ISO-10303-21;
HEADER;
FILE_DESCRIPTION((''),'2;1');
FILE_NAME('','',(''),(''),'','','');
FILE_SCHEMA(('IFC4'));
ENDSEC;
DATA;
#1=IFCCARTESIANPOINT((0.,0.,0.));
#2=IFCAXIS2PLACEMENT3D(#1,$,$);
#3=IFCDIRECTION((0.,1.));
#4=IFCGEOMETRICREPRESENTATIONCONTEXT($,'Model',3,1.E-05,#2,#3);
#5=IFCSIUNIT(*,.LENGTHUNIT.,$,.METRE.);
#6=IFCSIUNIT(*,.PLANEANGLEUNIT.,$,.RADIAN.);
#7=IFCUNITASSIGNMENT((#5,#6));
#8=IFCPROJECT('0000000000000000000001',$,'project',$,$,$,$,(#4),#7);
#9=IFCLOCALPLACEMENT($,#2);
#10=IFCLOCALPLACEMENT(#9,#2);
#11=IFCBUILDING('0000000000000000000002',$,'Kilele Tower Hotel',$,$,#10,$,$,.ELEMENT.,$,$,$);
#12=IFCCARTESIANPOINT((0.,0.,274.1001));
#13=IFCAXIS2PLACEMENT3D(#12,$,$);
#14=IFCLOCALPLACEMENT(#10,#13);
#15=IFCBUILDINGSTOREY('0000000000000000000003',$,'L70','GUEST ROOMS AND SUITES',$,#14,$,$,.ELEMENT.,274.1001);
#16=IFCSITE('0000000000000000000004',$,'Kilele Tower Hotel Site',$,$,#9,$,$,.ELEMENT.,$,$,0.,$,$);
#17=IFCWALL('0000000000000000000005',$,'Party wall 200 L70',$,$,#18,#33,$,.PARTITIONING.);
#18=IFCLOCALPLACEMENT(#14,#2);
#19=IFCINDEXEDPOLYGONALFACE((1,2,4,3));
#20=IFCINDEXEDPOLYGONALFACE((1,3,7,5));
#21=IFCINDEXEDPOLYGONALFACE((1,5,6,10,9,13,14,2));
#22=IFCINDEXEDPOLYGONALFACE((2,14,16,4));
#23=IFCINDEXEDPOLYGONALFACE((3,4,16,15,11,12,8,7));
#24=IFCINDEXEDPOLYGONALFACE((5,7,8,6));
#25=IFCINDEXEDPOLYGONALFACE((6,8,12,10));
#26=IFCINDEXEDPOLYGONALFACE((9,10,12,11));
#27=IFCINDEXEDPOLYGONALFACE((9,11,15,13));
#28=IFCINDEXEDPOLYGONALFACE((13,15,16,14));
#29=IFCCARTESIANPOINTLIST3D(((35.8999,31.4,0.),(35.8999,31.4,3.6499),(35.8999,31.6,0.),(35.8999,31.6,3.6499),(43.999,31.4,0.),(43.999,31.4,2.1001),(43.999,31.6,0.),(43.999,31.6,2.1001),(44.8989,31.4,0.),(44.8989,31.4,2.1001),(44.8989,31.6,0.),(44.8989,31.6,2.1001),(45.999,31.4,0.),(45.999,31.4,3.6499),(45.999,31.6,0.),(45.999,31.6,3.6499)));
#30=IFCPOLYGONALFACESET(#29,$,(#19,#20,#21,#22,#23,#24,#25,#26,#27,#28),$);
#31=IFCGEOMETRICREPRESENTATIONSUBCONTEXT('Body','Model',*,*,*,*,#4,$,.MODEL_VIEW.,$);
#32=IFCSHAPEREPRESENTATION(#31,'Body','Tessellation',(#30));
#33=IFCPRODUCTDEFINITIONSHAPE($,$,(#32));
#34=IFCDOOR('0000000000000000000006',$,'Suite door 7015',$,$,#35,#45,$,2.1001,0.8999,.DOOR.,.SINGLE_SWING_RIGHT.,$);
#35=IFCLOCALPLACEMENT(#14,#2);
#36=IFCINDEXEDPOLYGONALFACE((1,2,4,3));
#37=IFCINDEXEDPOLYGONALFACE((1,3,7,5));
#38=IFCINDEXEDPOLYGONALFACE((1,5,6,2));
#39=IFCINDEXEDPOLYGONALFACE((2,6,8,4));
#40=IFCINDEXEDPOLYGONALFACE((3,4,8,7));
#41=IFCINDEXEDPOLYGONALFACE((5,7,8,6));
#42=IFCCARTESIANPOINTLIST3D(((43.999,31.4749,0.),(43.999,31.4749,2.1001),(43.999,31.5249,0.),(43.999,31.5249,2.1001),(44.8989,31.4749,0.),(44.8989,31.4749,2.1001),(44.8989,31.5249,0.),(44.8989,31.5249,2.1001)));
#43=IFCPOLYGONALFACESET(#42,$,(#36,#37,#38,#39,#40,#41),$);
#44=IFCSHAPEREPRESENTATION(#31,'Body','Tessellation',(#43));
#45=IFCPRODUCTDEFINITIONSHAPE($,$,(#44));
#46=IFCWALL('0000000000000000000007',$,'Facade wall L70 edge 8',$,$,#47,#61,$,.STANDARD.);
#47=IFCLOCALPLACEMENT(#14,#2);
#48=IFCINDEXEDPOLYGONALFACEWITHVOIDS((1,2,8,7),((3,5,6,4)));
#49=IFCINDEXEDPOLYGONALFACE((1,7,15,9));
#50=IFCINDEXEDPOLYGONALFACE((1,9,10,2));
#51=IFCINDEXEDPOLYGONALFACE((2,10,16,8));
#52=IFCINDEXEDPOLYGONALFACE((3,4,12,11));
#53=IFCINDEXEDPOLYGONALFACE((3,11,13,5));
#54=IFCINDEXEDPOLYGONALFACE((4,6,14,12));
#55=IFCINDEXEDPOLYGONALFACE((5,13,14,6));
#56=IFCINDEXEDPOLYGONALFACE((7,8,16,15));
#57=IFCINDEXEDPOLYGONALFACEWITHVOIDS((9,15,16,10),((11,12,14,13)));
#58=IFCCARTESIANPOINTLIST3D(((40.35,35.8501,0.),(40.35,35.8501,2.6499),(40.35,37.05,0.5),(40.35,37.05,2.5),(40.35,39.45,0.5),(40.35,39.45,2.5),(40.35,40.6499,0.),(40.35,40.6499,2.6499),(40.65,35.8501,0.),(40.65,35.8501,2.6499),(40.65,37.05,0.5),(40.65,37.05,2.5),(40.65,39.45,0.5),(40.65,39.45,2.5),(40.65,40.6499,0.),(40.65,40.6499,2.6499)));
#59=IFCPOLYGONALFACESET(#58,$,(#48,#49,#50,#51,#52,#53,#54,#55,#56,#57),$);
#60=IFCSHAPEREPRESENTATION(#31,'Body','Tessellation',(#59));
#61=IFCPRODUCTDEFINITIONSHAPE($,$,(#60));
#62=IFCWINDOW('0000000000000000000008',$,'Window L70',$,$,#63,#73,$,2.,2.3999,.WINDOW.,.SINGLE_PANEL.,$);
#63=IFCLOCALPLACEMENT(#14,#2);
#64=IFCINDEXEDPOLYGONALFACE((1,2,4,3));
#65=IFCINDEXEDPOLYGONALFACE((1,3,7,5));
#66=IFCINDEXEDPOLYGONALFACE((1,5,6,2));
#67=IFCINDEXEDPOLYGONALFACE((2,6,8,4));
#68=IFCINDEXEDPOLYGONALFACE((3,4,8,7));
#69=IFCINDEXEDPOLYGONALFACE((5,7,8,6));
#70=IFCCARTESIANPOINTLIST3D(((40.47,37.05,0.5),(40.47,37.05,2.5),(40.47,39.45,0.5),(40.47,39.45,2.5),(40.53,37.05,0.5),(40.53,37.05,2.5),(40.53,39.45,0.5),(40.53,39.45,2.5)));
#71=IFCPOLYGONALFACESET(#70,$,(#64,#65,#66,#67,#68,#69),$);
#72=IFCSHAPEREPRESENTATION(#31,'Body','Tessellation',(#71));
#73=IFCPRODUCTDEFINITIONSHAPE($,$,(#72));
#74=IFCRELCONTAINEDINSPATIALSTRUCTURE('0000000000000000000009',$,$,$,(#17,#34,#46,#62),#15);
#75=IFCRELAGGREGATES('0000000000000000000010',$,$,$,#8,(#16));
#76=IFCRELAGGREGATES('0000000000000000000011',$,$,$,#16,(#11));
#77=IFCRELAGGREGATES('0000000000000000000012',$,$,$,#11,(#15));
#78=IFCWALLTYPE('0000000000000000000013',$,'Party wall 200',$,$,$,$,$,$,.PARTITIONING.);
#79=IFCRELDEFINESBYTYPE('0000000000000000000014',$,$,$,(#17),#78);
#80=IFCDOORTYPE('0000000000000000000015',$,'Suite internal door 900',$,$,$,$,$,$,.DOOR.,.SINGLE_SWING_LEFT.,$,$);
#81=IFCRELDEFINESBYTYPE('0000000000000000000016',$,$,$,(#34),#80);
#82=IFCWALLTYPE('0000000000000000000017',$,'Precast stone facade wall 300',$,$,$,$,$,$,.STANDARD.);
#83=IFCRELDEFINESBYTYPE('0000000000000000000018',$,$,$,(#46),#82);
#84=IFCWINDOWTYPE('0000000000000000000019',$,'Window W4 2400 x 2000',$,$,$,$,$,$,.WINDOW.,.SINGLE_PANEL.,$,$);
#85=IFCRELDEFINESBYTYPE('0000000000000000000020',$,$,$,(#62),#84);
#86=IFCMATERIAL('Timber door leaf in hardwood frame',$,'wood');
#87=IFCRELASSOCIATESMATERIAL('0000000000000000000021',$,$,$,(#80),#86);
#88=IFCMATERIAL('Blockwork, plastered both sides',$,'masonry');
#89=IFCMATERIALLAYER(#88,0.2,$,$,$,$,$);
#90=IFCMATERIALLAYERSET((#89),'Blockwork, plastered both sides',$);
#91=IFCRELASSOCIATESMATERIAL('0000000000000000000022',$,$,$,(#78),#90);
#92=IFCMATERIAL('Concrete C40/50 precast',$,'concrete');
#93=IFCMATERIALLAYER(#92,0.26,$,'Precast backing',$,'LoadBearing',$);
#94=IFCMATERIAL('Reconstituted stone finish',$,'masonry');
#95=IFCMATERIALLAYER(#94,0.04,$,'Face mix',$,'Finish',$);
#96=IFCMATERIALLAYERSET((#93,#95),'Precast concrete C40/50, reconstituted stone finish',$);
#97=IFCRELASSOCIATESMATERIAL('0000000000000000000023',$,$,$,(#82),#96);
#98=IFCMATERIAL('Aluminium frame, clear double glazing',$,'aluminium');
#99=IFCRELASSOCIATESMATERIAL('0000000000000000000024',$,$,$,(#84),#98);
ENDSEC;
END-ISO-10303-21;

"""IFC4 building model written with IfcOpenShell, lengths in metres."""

from ifc_helpers import new_model, si_unit, direction, frame, frame_2d, origin, place, context, subcontext, project, spatial, rectangle, extrude, material, layer, layer_set, type_object, element, fill, save


model = new_model("IFC4")

# Units and contexts
model_context = context("Model", 3, precision=1e-05, world=origin(), true_north=direction((0.0, 1.0)))
body_context = subcontext(model_context, "Body", "Model", "MODEL_VIEW")
ifc_project = project(units=[si_unit("LENGTHUNIT", "METRE"), si_unit("PLANEANGLEUNIT", "RADIAN")], contexts=[model_context])

# Site, building, storey
site_placement = place(None, origin())
site = spatial("IfcSite", under=ifc_project, at=site_placement, Name="Kilele Tower Hotel Site", CompositionType="ELEMENT", RefElevation=0.0)
building_placement = place(site_placement, origin())
building = spatial("IfcBuilding", under=site, at=building_placement, Name="Kilele Tower Hotel", CompositionType="ELEMENT")
storey_placement = place(building_placement, frame((0.0, 0.0, 274.1001)))
storey = spatial("IfcBuildingStorey", under=building, at=storey_placement, Name="L70", Description="GUEST ROOMS AND SUITES", CompositionType="ELEMENT", Elevation=274.1001)

# Shared definitions
ifc_material_1 = material(Name="Timber door leaf in hardwood frame", Category="wood")
door_type_1 = type_object("IfcDoorType", Name="Suite internal door 900", OperationType="SINGLE_SWING_LEFT", PredefinedType="DOOR", material=ifc_material_1)

# Shared definitions
ifc_material_2 = material(Name="Blockwork, plastered both sides", Category="masonry")
ifc_layer_1 = layer(ifc_material_2, 0.2)
ifc_layer_set_1 = layer_set([ifc_layer_1], Name="Blockwork, plastered both sides")
wall_type_1 = type_object("IfcWallType", Name="Party wall 200", PredefinedType="PARTITIONING", material=ifc_layer_set_1)

# Wall, opening, door
wall_1_placement = place(storey_placement, frame((35.8999, 31.5, 0.0), z_axis=(0.0, 0.0, 1.0), x_axis=(1.0, 0.0, 0.0)))
wall_1 = element("IfcWall", 1, at=wall_1_placement, inside=storey, type_object=wall_type_1, Name="Party wall 200 L70", PredefinedType="PARTITIONING", context=body_context, shape_type="SweptSolid", body=[
    extrude(rectangle(XDim=10.0991, YDim=0.2, at=frame_2d((5.0496, 0.0))), origin(), (0.0, 0.0, 1.0), 3.6499),
])
opening_1_placement = place(wall_1_placement, frame((8.0991, 0.0, 0.0)))
opening_1 = element("IfcOpeningElement", 2, at=opening_1_placement, cuts=wall_1, PredefinedType="OPENING", context=body_context, shape_type="SweptSolid", body=[
    extrude(rectangle(XDim=0.8999, YDim=2.1001, at=frame_2d((0.45, 1.05))), frame((0.0, 0.1099, 0.0), z_axis=(0.0, -1.0, 0.0), x_axis=(1.0, 0.0, 0.0)), (0.0, 0.0, 1.0), 0.22),
])
door_1_placement = place(opening_1_placement, origin())
door_1 = element("IfcDoor", 3, at=door_1_placement, inside=storey, type_object=door_type_1, Name="Suite door 7015", OperationType="SINGLE_SWING_RIGHT", OverallHeight=2.1001, OverallWidth=0.8999, PredefinedType="DOOR", context=body_context, shape_type="SweptSolid", body=[
    extrude(rectangle(XDim=0.8999, YDim=2.1001, at=frame_2d((0.45, 1.05))), frame((0.0, 0.0249, 0.0), z_axis=(0.0, -1.0, 0.0), x_axis=(1.0, 0.0, 0.0)), (0.0, 0.0, 1.0), 0.05),
])
fill(opening_1, door_1)

# Wall, opening, window
ifc_material_3 = material(Name="Concrete C40/50 precast", Category="concrete")
ifc_layer_2 = layer(ifc_material_3, 0.26, Name="Precast backing", Category="LoadBearing")
ifc_material_4 = material(Name="Reconstituted stone finish", Category="masonry")
ifc_layer_3 = layer(ifc_material_4, 0.04, Name="Face mix", Category="Finish")
ifc_layer_set_2 = layer_set([ifc_layer_2, ifc_layer_3], Name="Precast concrete C40/50, reconstituted stone finish")
wall_type_2 = type_object("IfcWallType", Name="Precast stone facade wall 300", PredefinedType="STANDARD", material=ifc_layer_set_2)
wall_2_placement = place(storey_placement, frame((40.5, 35.8501, 0.0), z_axis=(0.0, 0.0, 1.0), x_axis=(0.0, 1.0, 0.0)))
wall_2 = element("IfcWall", 4, at=wall_2_placement, inside=storey, type_object=wall_type_2, Name="Facade wall L70 edge 8", PredefinedType="STANDARD", context=body_context, shape_type="SweptSolid", body=[
    extrude(rectangle(XDim=4.7998, YDim=0.3, at=frame_2d((2.3999, 0.0))), origin(), (0.0, 0.0, 1.0), 2.6499),
])
opening_2_placement = place(wall_2_placement, frame((1.2, 0.0, 0.5)))
opening_2 = element("IfcOpeningElement", 5, at=opening_2_placement, cuts=wall_2, PredefinedType="OPENING", context=body_context, shape_type="SweptSolid", body=[
    extrude(rectangle(XDim=2.3999, YDim=2.0, at=frame_2d((1.2, 1.0))), frame((0.0, 0.1599, 0.0), z_axis=(0.0, -1.0, 0.0), x_axis=(1.0, 0.0, 0.0)), (0.0, 0.0, 1.0), 0.3201),
])
ifc_material_5 = material(Name="Aluminium frame, clear double glazing", Category="aluminium")
window_type = type_object("IfcWindowType", Name="Window W4 2400 x 2000", PartitioningType="SINGLE_PANEL", PredefinedType="WINDOW", material=ifc_material_5)
window_placement = place(opening_2_placement, origin())
window = element("IfcWindow", 6, at=window_placement, inside=storey, type_object=window_type, Name="Window L70", OverallHeight=2.0, OverallWidth=2.3999, PartitioningType="SINGLE_PANEL", PredefinedType="WINDOW", context=body_context, shape_type="SweptSolid", body=[
    extrude(rectangle(XDim=2.3999, YDim=2.0, at=frame_2d((1.2, 1.0))), frame((0.0, 0.03, 0.0), z_axis=(0.0, -1.0, 0.0), x_axis=(1.0, 0.0, 0.0)), (0.0, 0.0, 1.0), 0.0601),
])
fill(opening_2, window)

save(model, "model.ifc")
